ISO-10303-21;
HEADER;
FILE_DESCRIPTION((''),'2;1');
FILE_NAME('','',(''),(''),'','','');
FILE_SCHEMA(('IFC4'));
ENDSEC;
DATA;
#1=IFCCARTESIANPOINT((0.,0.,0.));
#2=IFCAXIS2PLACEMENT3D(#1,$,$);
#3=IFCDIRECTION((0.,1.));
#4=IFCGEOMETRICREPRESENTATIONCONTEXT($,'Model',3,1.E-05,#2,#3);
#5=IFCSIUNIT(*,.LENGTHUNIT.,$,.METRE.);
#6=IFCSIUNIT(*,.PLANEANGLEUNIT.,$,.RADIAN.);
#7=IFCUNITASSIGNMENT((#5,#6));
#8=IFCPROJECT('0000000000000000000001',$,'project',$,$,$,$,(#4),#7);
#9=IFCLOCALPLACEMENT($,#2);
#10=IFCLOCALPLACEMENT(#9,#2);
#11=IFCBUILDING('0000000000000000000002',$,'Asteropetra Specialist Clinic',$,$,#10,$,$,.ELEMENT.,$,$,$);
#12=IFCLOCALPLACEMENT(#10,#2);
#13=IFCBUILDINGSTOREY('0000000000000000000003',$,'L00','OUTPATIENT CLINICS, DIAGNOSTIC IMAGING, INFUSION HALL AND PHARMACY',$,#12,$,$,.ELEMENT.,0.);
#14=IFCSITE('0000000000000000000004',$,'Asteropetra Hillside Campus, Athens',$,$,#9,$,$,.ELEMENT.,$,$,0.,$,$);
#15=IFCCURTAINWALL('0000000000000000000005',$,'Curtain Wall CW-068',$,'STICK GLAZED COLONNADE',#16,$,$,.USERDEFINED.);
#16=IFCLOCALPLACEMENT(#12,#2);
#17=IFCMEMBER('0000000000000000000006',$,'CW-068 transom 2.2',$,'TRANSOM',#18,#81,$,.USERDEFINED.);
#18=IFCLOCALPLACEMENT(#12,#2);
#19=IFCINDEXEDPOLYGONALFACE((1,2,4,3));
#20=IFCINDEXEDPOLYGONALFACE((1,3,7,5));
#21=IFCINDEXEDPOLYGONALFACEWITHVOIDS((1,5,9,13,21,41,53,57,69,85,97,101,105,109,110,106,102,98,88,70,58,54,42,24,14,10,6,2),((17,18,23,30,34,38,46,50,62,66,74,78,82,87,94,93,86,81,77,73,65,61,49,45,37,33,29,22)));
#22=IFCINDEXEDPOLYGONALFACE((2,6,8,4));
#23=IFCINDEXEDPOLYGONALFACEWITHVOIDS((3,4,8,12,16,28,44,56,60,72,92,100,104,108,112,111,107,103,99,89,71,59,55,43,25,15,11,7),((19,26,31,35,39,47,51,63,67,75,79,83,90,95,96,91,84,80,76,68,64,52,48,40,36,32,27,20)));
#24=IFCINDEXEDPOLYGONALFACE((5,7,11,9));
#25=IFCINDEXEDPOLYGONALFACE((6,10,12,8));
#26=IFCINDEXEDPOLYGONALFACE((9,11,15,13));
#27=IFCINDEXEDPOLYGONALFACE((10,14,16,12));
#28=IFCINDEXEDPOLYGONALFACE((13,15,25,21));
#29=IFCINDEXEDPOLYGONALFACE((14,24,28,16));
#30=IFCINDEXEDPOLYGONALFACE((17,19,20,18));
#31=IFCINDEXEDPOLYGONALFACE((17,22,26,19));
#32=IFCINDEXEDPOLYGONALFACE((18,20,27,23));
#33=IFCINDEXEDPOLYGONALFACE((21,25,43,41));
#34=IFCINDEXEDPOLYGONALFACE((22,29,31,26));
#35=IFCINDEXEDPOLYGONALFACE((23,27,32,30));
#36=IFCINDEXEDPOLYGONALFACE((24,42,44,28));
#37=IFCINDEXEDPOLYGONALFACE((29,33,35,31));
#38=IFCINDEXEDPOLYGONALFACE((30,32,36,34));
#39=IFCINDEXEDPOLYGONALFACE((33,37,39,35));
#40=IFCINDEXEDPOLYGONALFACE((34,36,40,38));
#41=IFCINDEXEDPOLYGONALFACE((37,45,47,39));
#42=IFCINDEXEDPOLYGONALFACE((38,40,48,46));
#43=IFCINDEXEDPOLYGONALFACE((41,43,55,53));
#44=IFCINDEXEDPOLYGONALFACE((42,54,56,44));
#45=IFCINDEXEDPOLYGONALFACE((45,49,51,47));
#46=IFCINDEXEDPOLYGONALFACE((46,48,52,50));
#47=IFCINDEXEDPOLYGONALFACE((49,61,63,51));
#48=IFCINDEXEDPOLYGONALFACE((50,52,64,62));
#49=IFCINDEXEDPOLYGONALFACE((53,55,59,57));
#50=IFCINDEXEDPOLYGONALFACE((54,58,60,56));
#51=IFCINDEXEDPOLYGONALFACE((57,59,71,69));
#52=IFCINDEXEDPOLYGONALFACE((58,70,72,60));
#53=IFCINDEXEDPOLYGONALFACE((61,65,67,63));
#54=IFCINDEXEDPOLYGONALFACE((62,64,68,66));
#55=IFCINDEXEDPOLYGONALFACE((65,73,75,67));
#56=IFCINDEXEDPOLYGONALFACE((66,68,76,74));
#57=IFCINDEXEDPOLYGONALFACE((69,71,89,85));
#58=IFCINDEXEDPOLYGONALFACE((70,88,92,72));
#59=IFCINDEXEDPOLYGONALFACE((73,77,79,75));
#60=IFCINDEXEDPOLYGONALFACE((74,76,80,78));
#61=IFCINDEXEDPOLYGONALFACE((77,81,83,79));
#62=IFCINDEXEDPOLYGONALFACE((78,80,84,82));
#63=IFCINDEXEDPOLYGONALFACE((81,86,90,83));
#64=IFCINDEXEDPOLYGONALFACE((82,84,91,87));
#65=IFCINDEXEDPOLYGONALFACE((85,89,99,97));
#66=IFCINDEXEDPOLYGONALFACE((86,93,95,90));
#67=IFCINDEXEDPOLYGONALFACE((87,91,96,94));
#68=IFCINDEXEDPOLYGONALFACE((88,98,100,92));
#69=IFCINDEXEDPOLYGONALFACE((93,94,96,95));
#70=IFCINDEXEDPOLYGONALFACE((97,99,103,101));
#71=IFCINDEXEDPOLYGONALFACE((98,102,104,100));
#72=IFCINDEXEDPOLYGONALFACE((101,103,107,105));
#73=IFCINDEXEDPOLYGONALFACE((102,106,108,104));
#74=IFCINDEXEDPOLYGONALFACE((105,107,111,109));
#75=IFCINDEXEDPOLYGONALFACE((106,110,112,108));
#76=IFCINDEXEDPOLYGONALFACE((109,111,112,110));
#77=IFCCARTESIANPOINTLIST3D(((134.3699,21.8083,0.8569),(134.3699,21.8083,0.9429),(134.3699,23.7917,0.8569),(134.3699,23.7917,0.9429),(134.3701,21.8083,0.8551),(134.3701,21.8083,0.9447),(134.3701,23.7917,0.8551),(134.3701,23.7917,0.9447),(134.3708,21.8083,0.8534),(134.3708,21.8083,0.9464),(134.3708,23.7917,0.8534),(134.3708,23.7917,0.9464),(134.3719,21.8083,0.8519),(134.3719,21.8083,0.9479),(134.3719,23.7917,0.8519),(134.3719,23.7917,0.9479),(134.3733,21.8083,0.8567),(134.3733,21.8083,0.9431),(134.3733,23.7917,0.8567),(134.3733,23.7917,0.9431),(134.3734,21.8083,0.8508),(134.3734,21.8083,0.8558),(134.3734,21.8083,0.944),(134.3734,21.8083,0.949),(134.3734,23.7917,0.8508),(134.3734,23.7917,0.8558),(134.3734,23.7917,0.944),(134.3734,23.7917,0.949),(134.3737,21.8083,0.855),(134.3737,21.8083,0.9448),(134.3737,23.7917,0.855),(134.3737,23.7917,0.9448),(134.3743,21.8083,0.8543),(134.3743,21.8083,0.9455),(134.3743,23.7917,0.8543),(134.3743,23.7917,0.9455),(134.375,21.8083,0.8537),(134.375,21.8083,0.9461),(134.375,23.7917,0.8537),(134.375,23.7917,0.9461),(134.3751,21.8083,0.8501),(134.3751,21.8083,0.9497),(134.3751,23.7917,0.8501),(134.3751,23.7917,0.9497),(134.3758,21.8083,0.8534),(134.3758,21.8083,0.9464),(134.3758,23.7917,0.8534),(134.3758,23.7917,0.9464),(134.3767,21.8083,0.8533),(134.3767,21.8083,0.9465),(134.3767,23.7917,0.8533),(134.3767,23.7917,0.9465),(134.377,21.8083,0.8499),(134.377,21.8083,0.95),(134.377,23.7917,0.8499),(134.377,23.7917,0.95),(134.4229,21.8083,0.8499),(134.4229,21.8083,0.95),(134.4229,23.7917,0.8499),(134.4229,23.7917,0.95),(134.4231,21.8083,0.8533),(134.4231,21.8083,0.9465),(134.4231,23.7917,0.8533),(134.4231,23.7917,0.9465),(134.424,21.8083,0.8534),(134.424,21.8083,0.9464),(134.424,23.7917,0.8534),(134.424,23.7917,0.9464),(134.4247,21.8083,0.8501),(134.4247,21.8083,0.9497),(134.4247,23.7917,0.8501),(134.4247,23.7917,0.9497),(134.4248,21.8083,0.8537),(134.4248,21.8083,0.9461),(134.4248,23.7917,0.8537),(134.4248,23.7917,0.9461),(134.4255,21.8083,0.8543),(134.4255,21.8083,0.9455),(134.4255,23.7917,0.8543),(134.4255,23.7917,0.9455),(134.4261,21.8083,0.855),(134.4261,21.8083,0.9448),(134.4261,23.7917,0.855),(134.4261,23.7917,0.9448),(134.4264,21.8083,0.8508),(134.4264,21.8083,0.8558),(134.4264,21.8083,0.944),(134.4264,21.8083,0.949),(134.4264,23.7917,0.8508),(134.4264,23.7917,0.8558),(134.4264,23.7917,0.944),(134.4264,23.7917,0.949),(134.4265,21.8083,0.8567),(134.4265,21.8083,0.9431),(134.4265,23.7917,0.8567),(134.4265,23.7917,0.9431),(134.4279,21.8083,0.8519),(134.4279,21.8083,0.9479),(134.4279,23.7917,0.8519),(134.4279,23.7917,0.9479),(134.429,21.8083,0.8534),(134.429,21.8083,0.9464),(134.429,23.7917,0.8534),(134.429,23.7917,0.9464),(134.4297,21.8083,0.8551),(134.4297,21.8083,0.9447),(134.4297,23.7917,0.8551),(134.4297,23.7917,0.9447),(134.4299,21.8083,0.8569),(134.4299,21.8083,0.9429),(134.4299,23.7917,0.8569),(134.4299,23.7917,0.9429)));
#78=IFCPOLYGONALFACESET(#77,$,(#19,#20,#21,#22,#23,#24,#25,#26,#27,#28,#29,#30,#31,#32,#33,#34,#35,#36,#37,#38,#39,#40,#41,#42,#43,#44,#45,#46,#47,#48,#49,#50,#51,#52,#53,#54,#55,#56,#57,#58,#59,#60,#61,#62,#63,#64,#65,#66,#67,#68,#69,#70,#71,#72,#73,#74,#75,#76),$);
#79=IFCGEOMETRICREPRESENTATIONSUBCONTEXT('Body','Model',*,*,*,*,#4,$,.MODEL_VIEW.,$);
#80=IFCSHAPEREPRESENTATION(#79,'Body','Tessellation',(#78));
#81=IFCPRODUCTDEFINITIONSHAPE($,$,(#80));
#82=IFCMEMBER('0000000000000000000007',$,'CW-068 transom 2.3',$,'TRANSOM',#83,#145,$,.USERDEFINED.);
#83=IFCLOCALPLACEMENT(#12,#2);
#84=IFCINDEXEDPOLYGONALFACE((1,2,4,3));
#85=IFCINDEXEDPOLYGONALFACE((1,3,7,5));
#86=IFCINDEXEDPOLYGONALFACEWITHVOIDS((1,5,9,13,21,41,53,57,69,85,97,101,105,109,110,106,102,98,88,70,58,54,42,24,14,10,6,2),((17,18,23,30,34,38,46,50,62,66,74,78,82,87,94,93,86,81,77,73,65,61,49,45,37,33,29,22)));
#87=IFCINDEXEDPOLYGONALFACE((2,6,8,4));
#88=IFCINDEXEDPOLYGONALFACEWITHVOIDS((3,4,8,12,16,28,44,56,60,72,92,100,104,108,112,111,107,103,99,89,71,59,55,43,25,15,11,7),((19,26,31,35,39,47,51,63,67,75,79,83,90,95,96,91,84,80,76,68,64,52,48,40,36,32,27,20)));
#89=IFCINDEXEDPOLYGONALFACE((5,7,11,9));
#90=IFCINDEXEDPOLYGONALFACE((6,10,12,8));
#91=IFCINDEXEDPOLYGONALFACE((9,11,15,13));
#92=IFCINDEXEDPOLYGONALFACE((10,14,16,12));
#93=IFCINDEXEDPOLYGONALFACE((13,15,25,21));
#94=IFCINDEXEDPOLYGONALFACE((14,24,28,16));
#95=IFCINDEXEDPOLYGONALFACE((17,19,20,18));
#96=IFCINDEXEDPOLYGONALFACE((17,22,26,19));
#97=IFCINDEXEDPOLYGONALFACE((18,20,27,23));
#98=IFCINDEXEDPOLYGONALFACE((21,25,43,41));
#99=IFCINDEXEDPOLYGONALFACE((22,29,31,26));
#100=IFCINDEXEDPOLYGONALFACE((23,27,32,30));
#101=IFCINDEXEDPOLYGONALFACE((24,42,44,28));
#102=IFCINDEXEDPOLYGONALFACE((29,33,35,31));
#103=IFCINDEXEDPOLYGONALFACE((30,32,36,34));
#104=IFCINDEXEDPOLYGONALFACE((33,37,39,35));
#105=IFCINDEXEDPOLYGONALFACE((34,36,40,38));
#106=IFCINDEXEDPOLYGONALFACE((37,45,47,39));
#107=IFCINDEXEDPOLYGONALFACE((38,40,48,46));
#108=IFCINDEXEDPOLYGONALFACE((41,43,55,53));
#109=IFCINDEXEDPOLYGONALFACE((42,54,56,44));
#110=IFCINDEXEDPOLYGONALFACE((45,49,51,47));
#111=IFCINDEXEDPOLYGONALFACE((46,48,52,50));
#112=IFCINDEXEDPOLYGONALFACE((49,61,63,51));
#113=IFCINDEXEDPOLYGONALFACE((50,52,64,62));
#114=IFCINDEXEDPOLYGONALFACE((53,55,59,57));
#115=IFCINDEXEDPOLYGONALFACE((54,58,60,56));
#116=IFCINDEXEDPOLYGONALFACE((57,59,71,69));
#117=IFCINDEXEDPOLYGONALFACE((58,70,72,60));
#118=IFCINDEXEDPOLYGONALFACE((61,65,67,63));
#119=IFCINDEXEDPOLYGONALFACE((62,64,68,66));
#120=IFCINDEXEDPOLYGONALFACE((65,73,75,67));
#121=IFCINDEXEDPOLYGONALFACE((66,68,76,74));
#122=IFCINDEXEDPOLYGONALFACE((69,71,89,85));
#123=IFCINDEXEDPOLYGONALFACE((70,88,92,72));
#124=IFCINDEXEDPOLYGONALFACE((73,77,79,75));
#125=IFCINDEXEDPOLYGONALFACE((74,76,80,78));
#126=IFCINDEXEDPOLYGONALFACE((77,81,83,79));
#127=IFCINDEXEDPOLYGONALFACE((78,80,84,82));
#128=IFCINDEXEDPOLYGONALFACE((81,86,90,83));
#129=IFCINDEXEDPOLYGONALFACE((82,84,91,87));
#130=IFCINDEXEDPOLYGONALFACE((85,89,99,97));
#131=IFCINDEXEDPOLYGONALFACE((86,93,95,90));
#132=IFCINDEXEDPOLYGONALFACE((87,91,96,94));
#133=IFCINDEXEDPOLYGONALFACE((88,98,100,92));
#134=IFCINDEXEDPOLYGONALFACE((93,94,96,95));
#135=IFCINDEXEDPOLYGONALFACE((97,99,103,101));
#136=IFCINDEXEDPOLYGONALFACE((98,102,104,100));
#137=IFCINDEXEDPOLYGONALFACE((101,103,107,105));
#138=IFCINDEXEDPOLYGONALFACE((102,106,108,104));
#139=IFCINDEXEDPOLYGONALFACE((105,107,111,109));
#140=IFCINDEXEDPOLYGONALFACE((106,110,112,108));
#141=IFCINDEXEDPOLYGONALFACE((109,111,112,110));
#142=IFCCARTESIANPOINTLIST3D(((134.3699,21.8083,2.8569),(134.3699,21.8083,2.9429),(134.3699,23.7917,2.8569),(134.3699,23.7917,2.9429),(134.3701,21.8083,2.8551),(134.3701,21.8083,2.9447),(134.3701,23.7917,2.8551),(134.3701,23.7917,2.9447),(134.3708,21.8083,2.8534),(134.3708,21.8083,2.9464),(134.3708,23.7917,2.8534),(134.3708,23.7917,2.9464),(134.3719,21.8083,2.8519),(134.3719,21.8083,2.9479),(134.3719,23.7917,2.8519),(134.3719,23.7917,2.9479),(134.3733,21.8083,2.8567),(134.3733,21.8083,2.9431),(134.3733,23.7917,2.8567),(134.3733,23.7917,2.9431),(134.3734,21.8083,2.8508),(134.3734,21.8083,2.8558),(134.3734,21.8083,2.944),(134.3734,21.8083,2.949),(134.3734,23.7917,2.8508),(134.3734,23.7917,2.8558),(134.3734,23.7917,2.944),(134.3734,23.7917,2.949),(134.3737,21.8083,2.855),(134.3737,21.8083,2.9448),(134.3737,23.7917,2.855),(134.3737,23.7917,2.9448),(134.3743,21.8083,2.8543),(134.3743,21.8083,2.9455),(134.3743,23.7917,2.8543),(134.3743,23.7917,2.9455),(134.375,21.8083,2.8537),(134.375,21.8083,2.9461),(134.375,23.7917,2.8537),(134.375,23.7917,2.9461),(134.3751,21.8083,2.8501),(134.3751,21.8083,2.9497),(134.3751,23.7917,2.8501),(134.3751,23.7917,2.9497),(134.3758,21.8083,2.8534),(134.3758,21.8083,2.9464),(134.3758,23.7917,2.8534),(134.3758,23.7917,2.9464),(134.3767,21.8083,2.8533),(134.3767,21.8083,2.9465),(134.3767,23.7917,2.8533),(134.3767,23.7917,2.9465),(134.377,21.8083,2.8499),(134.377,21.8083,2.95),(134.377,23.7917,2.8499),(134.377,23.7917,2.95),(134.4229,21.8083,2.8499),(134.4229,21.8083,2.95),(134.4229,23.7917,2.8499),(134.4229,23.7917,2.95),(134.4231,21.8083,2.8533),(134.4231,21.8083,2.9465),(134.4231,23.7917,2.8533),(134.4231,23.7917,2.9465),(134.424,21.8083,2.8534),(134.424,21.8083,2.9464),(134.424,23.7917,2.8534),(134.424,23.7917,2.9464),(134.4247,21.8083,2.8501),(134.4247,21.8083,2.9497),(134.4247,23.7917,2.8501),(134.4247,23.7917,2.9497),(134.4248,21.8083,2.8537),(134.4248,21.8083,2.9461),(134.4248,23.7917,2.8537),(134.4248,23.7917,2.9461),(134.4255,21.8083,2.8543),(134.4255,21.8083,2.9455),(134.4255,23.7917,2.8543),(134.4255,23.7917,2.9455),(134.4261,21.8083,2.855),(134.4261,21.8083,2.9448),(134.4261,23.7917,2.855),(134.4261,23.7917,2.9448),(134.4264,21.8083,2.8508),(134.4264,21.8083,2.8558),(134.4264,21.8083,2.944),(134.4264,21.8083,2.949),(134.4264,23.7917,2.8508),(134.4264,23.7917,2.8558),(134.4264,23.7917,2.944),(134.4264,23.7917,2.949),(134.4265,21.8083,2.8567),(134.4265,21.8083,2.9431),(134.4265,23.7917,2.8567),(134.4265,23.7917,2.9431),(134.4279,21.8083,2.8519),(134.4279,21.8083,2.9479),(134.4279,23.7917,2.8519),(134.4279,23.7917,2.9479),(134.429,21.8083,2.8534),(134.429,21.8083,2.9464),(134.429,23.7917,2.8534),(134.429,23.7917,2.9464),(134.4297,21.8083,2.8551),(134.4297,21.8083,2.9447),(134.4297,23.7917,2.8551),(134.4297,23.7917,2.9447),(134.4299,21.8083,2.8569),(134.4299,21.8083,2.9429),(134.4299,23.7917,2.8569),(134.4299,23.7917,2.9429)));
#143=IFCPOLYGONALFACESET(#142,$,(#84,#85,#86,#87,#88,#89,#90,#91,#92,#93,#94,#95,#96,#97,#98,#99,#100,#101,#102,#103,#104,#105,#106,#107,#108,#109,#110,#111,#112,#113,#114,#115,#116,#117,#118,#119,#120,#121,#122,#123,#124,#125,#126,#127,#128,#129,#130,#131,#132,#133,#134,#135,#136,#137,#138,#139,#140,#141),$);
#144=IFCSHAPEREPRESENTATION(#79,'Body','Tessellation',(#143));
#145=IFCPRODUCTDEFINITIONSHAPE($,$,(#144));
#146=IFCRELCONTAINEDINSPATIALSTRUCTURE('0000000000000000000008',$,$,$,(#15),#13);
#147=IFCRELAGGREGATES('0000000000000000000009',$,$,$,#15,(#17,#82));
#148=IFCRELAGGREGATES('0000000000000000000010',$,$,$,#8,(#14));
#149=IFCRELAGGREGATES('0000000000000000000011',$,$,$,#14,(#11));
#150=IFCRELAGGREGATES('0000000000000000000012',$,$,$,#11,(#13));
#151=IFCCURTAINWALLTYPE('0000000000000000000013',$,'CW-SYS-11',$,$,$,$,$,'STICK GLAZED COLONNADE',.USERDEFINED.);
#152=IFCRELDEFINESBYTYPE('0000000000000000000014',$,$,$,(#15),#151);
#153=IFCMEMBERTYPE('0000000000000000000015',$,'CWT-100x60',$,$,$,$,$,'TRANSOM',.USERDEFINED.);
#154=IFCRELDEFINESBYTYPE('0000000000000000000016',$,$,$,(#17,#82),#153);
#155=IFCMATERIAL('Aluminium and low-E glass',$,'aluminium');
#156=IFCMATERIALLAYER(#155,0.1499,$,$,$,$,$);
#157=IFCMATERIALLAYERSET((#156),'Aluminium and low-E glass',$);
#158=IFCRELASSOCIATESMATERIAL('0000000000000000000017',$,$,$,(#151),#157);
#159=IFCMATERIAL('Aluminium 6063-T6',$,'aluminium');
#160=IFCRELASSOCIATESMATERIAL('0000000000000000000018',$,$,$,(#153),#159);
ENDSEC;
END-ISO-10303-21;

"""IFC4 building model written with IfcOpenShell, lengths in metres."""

from ifc_helpers import new_model, si_unit, direction, frame, origin, origin_2d, place, context, subcontext, project, spatial, hollow_rectangle, extrude, material, layer, layer_set, material_profile, profile_set, type_object, element, aggregate, save


model = new_model("IFC4")

# Units and contexts
model_context = context("Model", 3, precision=1e-05, world=origin(), true_north=direction((0.0, 1.0)))
body_context = subcontext(model_context, "Body", "Model", "MODEL_VIEW")
ifc_project = project(units=[si_unit("LENGTHUNIT", "METRE"), si_unit("PLANEANGLEUNIT", "RADIAN")], contexts=[model_context])

# Site, building, storey
site_placement = place(None, origin())
site = spatial("IfcSite", under=ifc_project, at=site_placement, Name="Asteropetra Hillside Campus, Athens", CompositionType="ELEMENT", RefElevation=0.0)
building_placement = place(site_placement, origin())
building = spatial("IfcBuilding", under=site, at=building_placement, Name="Asteropetra Specialist Clinic", CompositionType="ELEMENT")
storey_placement = place(building_placement, origin())
storey = spatial("IfcBuildingStorey", under=building, at=storey_placement, Name="L00", Description="OUTPATIENT CLINICS, DIAGNOSTIC IMAGING, INFUSION HALL AND PHARMACY", CompositionType="ELEMENT", Elevation=0.0)

# Curtain wall, members
ifc_material_1 = material(Name="Aluminium and low-E glass", Category="aluminium")
ifc_layer_1 = layer(ifc_material_1, 0.1499)
ifc_layer_set_1 = layer_set([ifc_layer_1], Name="Aluminium and low-E glass")
curtain_wall_type = type_object("IfcCurtainWallType", Name="CW-SYS-11", ElementType="STICK GLAZED COLONNADE", PredefinedType="USERDEFINED", material=ifc_layer_set_1)
curtain_wall_placement = place(storey_placement, origin())
curtain_wall = element("IfcCurtainWall", 1, at=curtain_wall_placement, inside=storey, type_object=curtain_wall_type, Name="Curtain Wall CW-068", ObjectType="STICK GLAZED COLONNADE", PredefinedType="USERDEFINED")
ifc_material_2 = material(Name="Aluminium 6063-T6", Category="aluminium")
ifc_material_profile_1 = material_profile(ifc_material_2, hollow_rectangle(XDim=0.0601, YDim=0.1001, WallThickness=0.0034, InnerFilletRadius=0.0034, OuterFilletRadius=0.0071, at=origin_2d()), Name="TRN 100x60x3.5")
ifc_profile_set_1 = profile_set([ifc_material_profile_1], Name="Aluminium 6063-T6")
member_type_1 = type_object("IfcMemberType", Name="CWT-100x60", ElementType="TRANSOM", PredefinedType="USERDEFINED", material=ifc_profile_set_1)
member_1_placement = place(storey_placement, frame((134.3999, 21.8083, 0.8999), z_axis=(0.0, 1.0, 0.0), x_axis=(-1.0, 0.0, 0.0)))
member_1 = element("IfcMember", 2, at=member_1_placement, type_object=member_type_1, Name="CW-068 transom 2.2", ObjectType="TRANSOM", PredefinedType="USERDEFINED", context=body_context, shape_type="SweptSolid", body=[
    extrude(hollow_rectangle(XDim=0.0601, YDim=0.1001, WallThickness=0.0034, InnerFilletRadius=0.0034, OuterFilletRadius=0.0071, at=origin_2d()), origin(), (0.0, 0.0, 1.0), 1.9834),
])
member_2_placement = place(storey_placement, frame((134.3999, 21.8083, 2.8999), z_axis=(0.0, 1.0, 0.0), x_axis=(-1.0, 0.0, 0.0)))
member_2 = element("IfcMember", 3, at=member_2_placement, type_object=member_type_1, Name="CW-068 transom 2.3", ObjectType="TRANSOM", PredefinedType="USERDEFINED", context=body_context, shape_type="SweptSolid", body=[
    extrude(hollow_rectangle(XDim=0.0601, YDim=0.1001, WallThickness=0.0034, InnerFilletRadius=0.0034, OuterFilletRadius=0.0071, at=origin_2d()), origin(), (0.0, 0.0, 1.0), 1.9834),
])
aggregate(curtain_wall, [member_1, member_2])

save(model, "model.ifc")
